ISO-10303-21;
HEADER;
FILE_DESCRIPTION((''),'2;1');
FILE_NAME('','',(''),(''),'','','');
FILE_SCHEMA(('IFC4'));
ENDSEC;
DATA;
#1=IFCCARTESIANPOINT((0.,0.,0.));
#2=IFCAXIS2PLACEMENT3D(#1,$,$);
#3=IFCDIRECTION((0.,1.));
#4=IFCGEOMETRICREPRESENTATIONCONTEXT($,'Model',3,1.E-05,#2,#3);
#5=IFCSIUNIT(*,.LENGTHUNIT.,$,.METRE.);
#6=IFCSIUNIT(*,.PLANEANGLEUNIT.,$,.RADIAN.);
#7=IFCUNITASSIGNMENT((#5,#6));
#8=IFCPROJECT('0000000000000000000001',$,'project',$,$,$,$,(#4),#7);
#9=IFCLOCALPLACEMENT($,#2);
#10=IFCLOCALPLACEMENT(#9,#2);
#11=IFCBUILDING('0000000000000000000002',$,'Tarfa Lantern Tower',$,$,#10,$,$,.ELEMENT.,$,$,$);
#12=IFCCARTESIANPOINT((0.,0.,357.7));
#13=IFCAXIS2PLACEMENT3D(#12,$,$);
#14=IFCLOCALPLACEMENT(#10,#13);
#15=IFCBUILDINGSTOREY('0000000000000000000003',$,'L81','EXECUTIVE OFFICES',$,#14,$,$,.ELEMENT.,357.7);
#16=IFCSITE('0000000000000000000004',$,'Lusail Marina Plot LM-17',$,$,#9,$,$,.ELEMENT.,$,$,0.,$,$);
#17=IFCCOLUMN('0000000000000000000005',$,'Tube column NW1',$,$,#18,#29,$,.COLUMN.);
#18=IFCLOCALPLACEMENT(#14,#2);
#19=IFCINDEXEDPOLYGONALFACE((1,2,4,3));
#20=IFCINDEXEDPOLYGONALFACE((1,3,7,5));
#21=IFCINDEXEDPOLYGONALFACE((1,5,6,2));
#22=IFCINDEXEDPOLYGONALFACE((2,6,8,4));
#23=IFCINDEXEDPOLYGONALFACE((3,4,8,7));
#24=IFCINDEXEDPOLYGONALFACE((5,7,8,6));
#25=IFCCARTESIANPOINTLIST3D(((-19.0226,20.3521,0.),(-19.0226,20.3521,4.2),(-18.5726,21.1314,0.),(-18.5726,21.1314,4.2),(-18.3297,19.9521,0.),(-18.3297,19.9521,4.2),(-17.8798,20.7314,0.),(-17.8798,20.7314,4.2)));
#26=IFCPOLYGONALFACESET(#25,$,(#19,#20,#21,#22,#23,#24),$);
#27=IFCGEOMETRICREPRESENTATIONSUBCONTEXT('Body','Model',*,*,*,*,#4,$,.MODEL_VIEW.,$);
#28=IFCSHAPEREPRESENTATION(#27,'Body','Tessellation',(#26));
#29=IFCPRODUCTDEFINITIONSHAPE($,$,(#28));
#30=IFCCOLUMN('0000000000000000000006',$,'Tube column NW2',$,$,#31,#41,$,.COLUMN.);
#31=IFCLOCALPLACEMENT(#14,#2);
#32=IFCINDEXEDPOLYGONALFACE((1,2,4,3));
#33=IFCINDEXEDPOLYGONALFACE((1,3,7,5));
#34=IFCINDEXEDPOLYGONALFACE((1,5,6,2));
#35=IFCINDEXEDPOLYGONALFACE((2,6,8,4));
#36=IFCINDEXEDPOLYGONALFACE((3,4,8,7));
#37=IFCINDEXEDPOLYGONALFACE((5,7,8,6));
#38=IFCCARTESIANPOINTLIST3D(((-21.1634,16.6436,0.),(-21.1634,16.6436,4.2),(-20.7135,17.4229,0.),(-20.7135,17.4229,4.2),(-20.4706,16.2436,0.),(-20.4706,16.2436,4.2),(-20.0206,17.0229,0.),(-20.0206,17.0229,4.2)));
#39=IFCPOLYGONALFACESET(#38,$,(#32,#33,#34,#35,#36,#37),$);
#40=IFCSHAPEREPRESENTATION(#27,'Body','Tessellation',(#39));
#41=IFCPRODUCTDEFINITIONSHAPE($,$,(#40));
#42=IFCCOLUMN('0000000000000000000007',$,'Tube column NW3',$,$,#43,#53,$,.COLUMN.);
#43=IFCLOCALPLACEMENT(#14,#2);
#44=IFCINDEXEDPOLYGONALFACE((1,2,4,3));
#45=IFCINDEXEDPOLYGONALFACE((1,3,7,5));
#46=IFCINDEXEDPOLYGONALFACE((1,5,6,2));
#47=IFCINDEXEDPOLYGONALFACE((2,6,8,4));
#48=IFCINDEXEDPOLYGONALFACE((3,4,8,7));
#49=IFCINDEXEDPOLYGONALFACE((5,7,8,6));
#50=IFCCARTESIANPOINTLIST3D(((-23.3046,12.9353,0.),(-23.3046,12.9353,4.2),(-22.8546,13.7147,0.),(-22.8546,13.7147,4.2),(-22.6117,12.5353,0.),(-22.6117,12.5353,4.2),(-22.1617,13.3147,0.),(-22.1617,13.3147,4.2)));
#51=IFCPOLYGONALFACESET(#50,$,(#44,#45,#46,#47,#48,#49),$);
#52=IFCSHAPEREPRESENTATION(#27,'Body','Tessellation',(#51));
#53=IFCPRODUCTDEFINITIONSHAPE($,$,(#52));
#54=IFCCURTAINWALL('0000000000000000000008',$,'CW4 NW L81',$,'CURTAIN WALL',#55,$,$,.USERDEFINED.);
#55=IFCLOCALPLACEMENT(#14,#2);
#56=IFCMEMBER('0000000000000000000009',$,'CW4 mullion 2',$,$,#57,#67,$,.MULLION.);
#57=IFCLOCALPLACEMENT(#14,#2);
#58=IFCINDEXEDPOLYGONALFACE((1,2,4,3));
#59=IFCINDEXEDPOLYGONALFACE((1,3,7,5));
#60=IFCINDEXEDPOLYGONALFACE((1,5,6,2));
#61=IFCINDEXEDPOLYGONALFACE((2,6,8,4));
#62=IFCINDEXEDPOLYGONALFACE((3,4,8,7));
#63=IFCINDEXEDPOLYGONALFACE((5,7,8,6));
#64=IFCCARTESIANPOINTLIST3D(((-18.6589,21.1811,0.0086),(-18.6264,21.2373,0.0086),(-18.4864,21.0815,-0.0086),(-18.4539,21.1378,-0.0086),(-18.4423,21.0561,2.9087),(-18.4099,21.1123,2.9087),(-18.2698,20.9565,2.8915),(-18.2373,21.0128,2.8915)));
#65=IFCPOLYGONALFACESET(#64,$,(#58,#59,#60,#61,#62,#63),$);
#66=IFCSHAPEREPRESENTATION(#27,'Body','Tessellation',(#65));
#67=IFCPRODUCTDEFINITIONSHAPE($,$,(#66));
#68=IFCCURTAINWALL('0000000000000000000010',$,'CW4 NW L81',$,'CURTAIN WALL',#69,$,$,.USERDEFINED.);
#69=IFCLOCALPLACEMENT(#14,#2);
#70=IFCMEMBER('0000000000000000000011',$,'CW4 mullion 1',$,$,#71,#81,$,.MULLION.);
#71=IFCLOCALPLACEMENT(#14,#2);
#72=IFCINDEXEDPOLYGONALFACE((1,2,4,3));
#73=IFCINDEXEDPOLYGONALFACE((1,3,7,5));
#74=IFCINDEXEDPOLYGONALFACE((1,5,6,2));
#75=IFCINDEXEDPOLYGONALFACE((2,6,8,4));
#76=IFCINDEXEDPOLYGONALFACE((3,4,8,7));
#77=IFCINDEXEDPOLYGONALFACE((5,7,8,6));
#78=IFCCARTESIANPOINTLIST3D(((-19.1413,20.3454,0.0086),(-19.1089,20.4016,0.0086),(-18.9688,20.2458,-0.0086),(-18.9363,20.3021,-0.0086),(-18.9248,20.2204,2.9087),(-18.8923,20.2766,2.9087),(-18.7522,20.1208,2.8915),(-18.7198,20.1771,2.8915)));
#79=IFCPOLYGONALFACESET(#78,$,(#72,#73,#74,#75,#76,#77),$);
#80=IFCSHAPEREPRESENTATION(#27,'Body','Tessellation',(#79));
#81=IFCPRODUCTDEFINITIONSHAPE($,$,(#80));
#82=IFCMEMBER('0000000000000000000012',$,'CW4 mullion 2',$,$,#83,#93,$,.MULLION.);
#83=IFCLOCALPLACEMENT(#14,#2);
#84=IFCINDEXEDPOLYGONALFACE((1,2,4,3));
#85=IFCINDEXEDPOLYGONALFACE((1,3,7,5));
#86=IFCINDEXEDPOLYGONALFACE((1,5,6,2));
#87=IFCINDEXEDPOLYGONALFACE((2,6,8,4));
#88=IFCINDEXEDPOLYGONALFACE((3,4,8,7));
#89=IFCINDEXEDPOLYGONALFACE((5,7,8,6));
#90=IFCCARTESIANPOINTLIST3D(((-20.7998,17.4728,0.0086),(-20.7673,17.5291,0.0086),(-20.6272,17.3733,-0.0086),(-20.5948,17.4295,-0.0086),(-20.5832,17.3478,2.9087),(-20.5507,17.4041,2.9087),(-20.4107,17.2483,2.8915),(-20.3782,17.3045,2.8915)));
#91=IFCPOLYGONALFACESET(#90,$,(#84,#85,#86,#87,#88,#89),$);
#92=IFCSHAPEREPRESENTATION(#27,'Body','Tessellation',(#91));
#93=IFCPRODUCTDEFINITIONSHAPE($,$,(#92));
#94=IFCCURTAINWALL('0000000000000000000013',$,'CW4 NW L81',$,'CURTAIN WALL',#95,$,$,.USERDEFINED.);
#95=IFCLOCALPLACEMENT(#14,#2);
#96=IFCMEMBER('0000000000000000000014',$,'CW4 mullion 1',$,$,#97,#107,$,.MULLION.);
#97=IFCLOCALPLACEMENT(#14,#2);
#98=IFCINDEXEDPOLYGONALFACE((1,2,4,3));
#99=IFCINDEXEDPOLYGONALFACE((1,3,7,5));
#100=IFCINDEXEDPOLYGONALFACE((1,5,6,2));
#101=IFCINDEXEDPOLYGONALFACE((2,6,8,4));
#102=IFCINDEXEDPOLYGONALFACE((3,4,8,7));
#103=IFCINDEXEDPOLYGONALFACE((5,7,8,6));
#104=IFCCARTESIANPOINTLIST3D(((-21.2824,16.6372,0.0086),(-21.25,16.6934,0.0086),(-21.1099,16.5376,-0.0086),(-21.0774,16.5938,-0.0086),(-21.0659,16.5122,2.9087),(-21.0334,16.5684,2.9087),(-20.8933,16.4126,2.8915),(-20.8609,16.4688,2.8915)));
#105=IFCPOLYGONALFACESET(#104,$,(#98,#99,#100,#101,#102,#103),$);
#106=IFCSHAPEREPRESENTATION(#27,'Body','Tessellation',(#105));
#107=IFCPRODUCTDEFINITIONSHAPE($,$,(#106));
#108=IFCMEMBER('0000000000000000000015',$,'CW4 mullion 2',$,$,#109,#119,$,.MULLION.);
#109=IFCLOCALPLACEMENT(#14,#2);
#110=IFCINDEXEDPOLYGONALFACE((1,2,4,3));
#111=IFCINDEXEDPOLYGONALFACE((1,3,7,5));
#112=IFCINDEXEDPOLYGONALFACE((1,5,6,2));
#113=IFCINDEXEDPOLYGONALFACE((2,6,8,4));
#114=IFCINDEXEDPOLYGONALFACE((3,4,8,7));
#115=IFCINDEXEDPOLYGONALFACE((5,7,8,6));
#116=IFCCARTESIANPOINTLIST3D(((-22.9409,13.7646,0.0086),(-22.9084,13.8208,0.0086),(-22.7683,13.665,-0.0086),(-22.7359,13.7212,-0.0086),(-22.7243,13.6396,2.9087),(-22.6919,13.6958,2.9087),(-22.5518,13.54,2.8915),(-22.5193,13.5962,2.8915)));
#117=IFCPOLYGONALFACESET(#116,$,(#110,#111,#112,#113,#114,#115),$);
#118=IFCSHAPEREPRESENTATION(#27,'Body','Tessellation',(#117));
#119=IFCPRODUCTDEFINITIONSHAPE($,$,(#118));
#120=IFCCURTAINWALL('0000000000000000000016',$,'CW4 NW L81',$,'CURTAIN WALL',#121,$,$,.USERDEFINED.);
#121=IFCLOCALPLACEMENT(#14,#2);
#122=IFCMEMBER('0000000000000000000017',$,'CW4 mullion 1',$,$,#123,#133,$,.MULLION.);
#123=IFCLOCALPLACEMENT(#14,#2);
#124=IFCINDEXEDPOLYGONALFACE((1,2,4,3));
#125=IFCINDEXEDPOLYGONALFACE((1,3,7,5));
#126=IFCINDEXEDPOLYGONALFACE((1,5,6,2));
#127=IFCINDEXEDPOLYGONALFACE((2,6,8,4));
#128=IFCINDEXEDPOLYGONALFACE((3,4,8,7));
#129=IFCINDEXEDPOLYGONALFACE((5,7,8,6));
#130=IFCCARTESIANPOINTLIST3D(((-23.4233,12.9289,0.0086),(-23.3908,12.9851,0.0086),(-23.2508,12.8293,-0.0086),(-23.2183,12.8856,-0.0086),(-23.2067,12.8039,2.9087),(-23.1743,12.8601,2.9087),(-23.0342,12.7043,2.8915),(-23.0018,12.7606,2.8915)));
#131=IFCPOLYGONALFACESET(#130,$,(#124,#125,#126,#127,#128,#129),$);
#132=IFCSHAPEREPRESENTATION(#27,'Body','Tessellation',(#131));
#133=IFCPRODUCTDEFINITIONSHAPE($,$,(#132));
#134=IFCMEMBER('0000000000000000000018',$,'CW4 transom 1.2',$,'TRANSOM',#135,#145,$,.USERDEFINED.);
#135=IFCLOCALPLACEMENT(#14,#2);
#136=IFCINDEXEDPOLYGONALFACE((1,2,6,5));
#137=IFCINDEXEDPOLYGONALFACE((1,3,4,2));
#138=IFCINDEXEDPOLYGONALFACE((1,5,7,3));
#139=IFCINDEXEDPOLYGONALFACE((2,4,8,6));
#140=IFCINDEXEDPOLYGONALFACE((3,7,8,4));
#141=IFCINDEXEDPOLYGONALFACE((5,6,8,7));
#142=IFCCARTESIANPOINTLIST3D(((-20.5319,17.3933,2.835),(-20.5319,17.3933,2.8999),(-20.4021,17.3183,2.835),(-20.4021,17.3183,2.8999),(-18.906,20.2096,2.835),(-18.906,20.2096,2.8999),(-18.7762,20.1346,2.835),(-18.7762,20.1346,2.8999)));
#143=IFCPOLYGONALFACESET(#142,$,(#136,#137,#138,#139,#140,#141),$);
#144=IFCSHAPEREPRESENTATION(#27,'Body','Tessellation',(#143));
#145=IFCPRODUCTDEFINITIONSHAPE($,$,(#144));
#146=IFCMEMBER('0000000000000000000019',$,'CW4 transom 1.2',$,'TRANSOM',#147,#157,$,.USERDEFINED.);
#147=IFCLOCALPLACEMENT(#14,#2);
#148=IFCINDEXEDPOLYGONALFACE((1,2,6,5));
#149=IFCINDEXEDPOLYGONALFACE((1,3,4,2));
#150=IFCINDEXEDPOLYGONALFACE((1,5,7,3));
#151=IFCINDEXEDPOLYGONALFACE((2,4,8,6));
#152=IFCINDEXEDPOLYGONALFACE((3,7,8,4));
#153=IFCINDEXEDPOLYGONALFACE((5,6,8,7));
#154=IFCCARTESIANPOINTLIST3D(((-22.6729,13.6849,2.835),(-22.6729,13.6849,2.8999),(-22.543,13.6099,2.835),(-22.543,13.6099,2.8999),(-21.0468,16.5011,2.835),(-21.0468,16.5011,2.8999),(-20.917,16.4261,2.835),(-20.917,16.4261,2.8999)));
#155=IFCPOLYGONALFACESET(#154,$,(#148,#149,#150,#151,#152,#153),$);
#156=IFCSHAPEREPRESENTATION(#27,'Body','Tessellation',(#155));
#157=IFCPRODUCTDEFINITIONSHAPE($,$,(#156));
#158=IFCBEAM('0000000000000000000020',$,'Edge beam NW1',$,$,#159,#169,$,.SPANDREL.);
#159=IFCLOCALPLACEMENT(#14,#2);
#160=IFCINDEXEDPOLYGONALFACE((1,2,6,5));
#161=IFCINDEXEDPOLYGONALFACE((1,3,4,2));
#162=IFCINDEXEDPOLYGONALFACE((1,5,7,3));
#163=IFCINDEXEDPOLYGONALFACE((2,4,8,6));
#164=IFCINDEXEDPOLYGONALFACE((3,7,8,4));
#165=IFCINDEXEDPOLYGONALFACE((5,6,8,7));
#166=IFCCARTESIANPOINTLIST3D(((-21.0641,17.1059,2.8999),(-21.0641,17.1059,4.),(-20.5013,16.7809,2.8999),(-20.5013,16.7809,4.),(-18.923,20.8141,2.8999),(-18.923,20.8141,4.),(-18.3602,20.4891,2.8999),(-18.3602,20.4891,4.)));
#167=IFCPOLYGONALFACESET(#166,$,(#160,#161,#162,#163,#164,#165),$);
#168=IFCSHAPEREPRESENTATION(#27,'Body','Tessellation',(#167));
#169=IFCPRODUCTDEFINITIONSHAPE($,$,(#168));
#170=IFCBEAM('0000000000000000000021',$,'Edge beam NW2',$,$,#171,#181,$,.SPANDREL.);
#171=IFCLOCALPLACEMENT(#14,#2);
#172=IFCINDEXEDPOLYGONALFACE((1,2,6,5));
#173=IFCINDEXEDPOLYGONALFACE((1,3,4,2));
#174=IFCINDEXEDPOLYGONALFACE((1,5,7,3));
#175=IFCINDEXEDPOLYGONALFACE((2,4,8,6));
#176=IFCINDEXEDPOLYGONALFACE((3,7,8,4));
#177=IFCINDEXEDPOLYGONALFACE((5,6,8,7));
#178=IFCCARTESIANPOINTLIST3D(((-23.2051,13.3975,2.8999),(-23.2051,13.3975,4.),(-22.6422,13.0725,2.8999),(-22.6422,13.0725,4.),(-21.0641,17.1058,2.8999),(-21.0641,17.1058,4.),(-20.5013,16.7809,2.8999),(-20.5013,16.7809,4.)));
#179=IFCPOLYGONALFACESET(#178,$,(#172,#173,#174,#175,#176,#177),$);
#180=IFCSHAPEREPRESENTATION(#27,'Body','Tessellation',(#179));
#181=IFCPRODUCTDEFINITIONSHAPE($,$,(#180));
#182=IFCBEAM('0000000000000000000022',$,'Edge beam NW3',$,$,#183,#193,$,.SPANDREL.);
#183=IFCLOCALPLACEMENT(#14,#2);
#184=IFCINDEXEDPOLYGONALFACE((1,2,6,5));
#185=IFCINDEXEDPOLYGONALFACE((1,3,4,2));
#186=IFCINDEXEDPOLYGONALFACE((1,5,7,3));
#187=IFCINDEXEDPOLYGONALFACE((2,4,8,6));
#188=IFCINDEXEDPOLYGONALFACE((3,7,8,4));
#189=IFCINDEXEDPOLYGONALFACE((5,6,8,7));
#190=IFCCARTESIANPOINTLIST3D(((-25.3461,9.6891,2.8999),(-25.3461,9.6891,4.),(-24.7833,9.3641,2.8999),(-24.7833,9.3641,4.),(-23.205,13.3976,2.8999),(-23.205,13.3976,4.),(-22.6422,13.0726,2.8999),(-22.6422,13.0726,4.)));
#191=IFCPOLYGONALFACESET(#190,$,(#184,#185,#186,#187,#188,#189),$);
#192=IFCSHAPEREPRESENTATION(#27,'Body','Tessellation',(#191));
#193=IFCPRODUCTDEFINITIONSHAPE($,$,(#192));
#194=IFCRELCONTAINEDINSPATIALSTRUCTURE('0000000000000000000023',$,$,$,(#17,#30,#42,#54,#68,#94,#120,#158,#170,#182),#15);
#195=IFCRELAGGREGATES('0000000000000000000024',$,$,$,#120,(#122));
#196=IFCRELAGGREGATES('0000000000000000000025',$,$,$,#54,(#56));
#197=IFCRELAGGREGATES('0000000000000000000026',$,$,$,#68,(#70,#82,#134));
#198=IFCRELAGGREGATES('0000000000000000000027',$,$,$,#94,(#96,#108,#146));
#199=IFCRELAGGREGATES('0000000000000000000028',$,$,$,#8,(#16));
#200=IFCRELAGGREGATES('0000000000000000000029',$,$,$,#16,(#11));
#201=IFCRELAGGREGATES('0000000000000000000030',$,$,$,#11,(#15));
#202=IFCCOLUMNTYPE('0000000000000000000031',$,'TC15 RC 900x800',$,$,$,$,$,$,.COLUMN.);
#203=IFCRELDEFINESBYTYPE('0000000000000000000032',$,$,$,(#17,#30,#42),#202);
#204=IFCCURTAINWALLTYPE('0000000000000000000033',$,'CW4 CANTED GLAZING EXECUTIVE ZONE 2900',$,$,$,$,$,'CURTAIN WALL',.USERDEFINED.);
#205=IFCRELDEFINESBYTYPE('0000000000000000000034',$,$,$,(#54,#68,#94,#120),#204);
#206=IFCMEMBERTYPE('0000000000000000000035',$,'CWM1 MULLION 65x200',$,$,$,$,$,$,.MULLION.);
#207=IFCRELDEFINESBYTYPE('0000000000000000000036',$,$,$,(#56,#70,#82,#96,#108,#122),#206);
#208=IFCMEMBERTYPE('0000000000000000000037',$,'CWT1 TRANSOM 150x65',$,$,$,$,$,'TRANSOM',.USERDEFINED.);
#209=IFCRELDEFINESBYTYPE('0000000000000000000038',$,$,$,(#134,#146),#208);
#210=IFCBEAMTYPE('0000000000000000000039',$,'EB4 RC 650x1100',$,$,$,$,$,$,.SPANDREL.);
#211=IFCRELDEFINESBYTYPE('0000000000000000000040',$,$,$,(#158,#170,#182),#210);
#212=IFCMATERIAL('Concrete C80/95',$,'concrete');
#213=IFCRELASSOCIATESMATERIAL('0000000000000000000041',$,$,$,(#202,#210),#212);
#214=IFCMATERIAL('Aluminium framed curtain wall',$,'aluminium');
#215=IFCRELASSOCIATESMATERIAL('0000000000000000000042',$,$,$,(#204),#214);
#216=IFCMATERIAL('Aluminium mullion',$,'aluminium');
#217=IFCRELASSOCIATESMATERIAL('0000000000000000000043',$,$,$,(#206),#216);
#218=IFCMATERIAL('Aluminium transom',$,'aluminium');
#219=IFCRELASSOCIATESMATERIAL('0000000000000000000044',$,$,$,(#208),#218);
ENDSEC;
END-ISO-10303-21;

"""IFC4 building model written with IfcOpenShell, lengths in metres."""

from ifc_helpers import new_model, si_unit, direction, frame, origin, origin_2d, place, context, subcontext, project, spatial, rectangle, extrude, material, material_profile, profile_set, type_object, element, aggregate, save


model = new_model("IFC4")

# Units and contexts
model_context = context("Model", 3, precision=1e-05, world=origin(), true_north=direction((0.0, 1.0)))
body_context = subcontext(model_context, "Body", "Model", "MODEL_VIEW")
ifc_project = project(units=[si_unit("LENGTHUNIT", "METRE"), si_unit("PLANEANGLEUNIT", "RADIAN")], contexts=[model_context])

# Site, building, storey
site_placement = place(None, origin())
site = spatial("IfcSite", under=ifc_project, at=site_placement, Name="Lusail Marina Plot LM-17", CompositionType="ELEMENT", RefElevation=0.0)
building_placement = place(site_placement, origin())
building = spatial("IfcBuilding", under=site, at=building_placement, Name="Tarfa Lantern Tower", CompositionType="ELEMENT")
storey_placement = place(building_placement, frame((0.0, 0.0, 357.7)))
storey = spatial("IfcBuildingStorey", under=building, at=storey_placement, Name="L81", Description="EXECUTIVE OFFICES", CompositionType="ELEMENT", Elevation=357.7)

# Columns
ifc_material_1 = material(Name="Concrete C80/95", Category="concrete")
ifc_material_profile_1 = material_profile(ifc_material_1, rectangle(XDim=0.8999, YDim=0.8, at=origin_2d()), Name="RC 900x800")
ifc_profile_set_1 = profile_set([ifc_material_profile_1], Name="Concrete C80/95")
column_type = type_object("IfcColumnType", Name="TC15 RC 900x800", PredefinedType="COLUMN", material=ifc_profile_set_1)
for number, where, z_axis, x_axis, name in (
    (1, (-18.4512, 20.5417, 0.0), (0.0, 0.0, 1.0), (-0.5, -0.866025, 0.0), "Tube column NW1"),
    (2, (-20.592, 16.8333, 0.0), (0.0, 0.0, 1.0), (-0.5, -0.866025, 0.0), "Tube column NW2"),
    (3, (-22.7332, 13.125, 0.0), (0.0, 0.0, 1.0), (-0.5, -0.866025, 0.0), "Tube column NW3"),
):
    element("IfcColumn", number, at=place(storey_placement, frame(where, z_axis=z_axis, x_axis=x_axis)), inside=storey, type_object=column_type, Name=name, PredefinedType="COLUMN", context=body_context, shape_type="SweptSolid", body=[
        extrude(rectangle(XDim=0.8999, YDim=0.8, at=origin_2d()), origin(), (0.0, 0.0, 1.0), 4.2),
    ])

# Curtain wall, member
ifc_material_2 = material(Name="Aluminium framed curtain wall", Category="aluminium")
curtain_wall_type = type_object("IfcCurtainWallType", Name="CW4 CANTED GLAZING EXECUTIVE ZONE 2900", ElementType="CURTAIN WALL", PredefinedType="USERDEFINED", material=ifc_material_2)
curtain_wall_1_placement = place(storey_placement, origin())
curtain_wall_1 = element("IfcCurtainWall", 4, at=curtain_wall_1_placement, inside=storey, type_object=curtain_wall_type, Name="CW4 NW L81", ObjectType="CURTAIN WALL", PredefinedType="USERDEFINED")
ifc_material_3 = material(Name="Aluminium mullion", Category="aluminium")
ifc_material_profile_2 = material_profile(ifc_material_3, rectangle(XDim=0.0649, YDim=0.2, at=origin_2d()), Name="AL MULLION 65x200")
ifc_profile_set_2 = profile_set([ifc_material_profile_2], Name="Aluminium mullion")
member_type_1 = type_object("IfcMemberType", Name="CWM1 MULLION 65x200", PredefinedType="MULLION", material=ifc_profile_set_2)
member_1_placement = place(storey_placement, frame((-18.5564, 21.1594, 0.0), z_axis=(0.074394, -0.042942, 0.996304), x_axis=(0.49992, 0.866072, 0.0)))
member_1 = element("IfcMember", 5, at=member_1_placement, type_object=member_type_1, Name="CW4 mullion 2", PredefinedType="MULLION", context=body_context, shape_type="SweptSolid", body=[
    extrude(rectangle(XDim=0.0649, YDim=0.2, at=origin_2d()), origin(), (0.0, 0.0, 1.0), 2.9109),
])

# Curtain walls, members
curtain_wall_2_placement = place(storey_placement, origin())
curtain_wall_2 = element("IfcCurtainWall", 6, at=curtain_wall_2_placement, inside=storey, type_object=curtain_wall_type, Name="CW4 NW L81", ObjectType="CURTAIN WALL", PredefinedType="USERDEFINED")
member_2_placement = place(storey_placement, frame((-19.0388, 20.3237, 0.0), z_axis=(0.074394, -0.042942, 0.996304), x_axis=(0.49992, 0.866072, 0.0)))
member_2 = element("IfcMember", 7, at=member_2_placement, type_object=member_type_1, Name="CW4 mullion 1", PredefinedType="MULLION", context=body_context, shape_type="SweptSolid", body=[
    extrude(rectangle(XDim=0.0649, YDim=0.2, at=origin_2d()), origin(), (0.0, 0.0, 1.0), 2.9109),
])
member_3_placement = place(storey_placement, frame((-20.6973, 17.4512, 0.0), z_axis=(0.074394, -0.042942, 0.996304), x_axis=(0.49992, 0.866072, 0.0)))
member_3 = element("IfcMember", 8, at=member_3_placement, type_object=member_type_1, Name="CW4 mullion 2", PredefinedType="MULLION", context=body_context, shape_type="SweptSolid", body=[
    extrude(rectangle(XDim=0.0649, YDim=0.2, at=origin_2d()), origin(), (0.0, 0.0, 1.0), 2.9109),
])
curtain_wall_3_placement = place(storey_placement, origin())
curtain_wall_3 = element("IfcCurtainWall", 9, at=curtain_wall_3_placement, inside=storey, type_object=curtain_wall_type, Name="CW4 NW L81", ObjectType="CURTAIN WALL", PredefinedType="USERDEFINED")
member_4_placement = place(storey_placement, frame((-21.1799, 16.6155, 0.0), z_axis=(0.074394, -0.042942, 0.996304), x_axis=(0.49992, 0.866072, 0.0)))
member_4 = element("IfcMember", 10, at=member_4_placement, type_object=member_type_1, Name="CW4 mullion 1", PredefinedType="MULLION", context=body_context, shape_type="SweptSolid", body=[
    extrude(rectangle(XDim=0.0649, YDim=0.2, at=origin_2d()), origin(), (0.0, 0.0, 1.0), 2.9109),
])
member_5_placement = place(storey_placement, frame((-22.8384, 13.7429, 0.0), z_axis=(0.074394, -0.042942, 0.996304), x_axis=(0.49992, 0.866072, 0.0)))
member_5 = element("IfcMember", 11, at=member_5_placement, type_object=member_type_1, Name="CW4 mullion 2", PredefinedType="MULLION", context=body_context, shape_type="SweptSolid", body=[
    extrude(rectangle(XDim=0.0649, YDim=0.2, at=origin_2d()), origin(), (0.0, 0.0, 1.0), 2.9109),
])

# Curtain wall, member
curtain_wall_4_placement = place(storey_placement, origin())
curtain_wall_4 = element("IfcCurtainWall", 12, at=curtain_wall_4_placement, inside=storey, type_object=curtain_wall_type, Name="CW4 NW L81", ObjectType="CURTAIN WALL", PredefinedType="USERDEFINED")
member_6_placement = place(storey_placement, frame((-23.3208, 12.9072, 0.0), z_axis=(0.074394, -0.042942, 0.996304), x_axis=(0.49992, 0.866072, 0.0)))
member_6 = element("IfcMember", 13, at=member_6_placement, type_object=member_type_1, Name="CW4 mullion 1", PredefinedType="MULLION", context=body_context, shape_type="SweptSolid", body=[
    extrude(rectangle(XDim=0.0649, YDim=0.2, at=origin_2d()), origin(), (0.0, 0.0, 1.0), 2.9109),
])
aggregate(curtain_wall_4, [member_6])

# Members
ifc_material_4 = material(Name="Aluminium transom", Category="aluminium")
ifc_material_profile_3 = material_profile(ifc_material_4, rectangle(XDim=0.1499, YDim=0.0649, at=origin_2d()), Name="AL TRANSOM 150x65")
ifc_profile_set_3 = profile_set([ifc_material_profile_3], Name="Aluminium transom")
member_type_2 = type_object("IfcMemberType", Name="CWT1 TRANSOM 150x65", ElementType="TRANSOM", PredefinedType="USERDEFINED", material=ifc_profile_set_3)
member_7_placement = place(storey_placement, frame((-18.8411, 20.1721, 2.8674), z_axis=(-0.499982, -0.866036, 0.0), x_axis=(0.866036, -0.499982, 0.0)))
member_7 = element("IfcMember", 14, at=member_7_placement, type_object=member_type_2, Name="CW4 transom 1.2", ObjectType="TRANSOM", PredefinedType="USERDEFINED", context=body_context, shape_type="SweptSolid", body=[
    extrude(rectangle(XDim=0.1499, YDim=0.0649, at=origin_2d()), origin(), (0.0, 0.0, 1.0), 3.252),
])
member_8_placement = place(storey_placement, frame((-20.9819, 16.4636, 2.8674), z_axis=(-0.500015, -0.866017, 0.0), x_axis=(0.866017, -0.500015, 0.0)))
member_8 = element("IfcMember", 15, at=member_8_placement, type_object=member_type_2, Name="CW4 transom 1.2", ObjectType="TRANSOM", PredefinedType="USERDEFINED", context=body_context, shape_type="SweptSolid", body=[
    extrude(rectangle(XDim=0.1499, YDim=0.0649, at=origin_2d()), origin(), (0.0, 0.0, 1.0), 3.252),
])

# Beams
ifc_material_profile_4 = material_profile(ifc_material_1, rectangle(XDim=0.6499, YDim=1.1001, at=origin_2d()), Name="RC 650x1100")
ifc_profile_set_4 = profile_set([ifc_material_profile_4], Name="Concrete C80/95")
beam_type_1 = type_object("IfcBeamType", Name="EB4 RC 650x1100", PredefinedType="SPANDREL", material=ifc_profile_set_4)
for number, where, z_axis, x_axis, name in (
    (16, (-18.6416, 20.6516, 3.45), (-0.500027, -0.86601, 0.0), (0.86601, -0.500027, 0.0), "Edge beam NW1"),
    (17, (-20.7827, 16.9434, 3.45), (-0.499984, -0.866035, 0.0), (0.866035, -0.499984, 0.0), "Edge beam NW2"),
):
    element("IfcBeam", number, at=place(storey_placement, frame(where, z_axis=z_axis, x_axis=x_axis)), inside=storey, type_object=beam_type_1, Name=name, PredefinedType="SPANDREL", context=body_context, shape_type="SweptSolid", body=[
        extrude(rectangle(XDim=0.6499, YDim=1.1001, at=origin_2d()), origin(), (0.0, 0.0, 1.0), 4.282),
    ])
beam_1_placement = place(storey_placement, frame((-22.9236, 13.2351, 3.45), z_axis=(-0.500002, -0.866024, 0.0), x_axis=(0.866024, -0.500002, 0.0)))
element("IfcBeam", 18, at=beam_1_placement, inside=storey, type_object=beam_type_1, Name="Edge beam NW3", PredefinedType="SPANDREL", context=body_context, shape_type="SweptSolid", body=[
    extrude(rectangle(XDim=0.6499, YDim=1.1001, at=origin_2d()), origin(), (0.0, 0.0, 1.0), 4.2822),
])

aggregate(curtain_wall_1, [member_1])
aggregate(curtain_wall_2, [member_2, member_3, member_7])
aggregate(curtain_wall_3, [member_4, member_5, member_8])

save(model, "model.ifc")
